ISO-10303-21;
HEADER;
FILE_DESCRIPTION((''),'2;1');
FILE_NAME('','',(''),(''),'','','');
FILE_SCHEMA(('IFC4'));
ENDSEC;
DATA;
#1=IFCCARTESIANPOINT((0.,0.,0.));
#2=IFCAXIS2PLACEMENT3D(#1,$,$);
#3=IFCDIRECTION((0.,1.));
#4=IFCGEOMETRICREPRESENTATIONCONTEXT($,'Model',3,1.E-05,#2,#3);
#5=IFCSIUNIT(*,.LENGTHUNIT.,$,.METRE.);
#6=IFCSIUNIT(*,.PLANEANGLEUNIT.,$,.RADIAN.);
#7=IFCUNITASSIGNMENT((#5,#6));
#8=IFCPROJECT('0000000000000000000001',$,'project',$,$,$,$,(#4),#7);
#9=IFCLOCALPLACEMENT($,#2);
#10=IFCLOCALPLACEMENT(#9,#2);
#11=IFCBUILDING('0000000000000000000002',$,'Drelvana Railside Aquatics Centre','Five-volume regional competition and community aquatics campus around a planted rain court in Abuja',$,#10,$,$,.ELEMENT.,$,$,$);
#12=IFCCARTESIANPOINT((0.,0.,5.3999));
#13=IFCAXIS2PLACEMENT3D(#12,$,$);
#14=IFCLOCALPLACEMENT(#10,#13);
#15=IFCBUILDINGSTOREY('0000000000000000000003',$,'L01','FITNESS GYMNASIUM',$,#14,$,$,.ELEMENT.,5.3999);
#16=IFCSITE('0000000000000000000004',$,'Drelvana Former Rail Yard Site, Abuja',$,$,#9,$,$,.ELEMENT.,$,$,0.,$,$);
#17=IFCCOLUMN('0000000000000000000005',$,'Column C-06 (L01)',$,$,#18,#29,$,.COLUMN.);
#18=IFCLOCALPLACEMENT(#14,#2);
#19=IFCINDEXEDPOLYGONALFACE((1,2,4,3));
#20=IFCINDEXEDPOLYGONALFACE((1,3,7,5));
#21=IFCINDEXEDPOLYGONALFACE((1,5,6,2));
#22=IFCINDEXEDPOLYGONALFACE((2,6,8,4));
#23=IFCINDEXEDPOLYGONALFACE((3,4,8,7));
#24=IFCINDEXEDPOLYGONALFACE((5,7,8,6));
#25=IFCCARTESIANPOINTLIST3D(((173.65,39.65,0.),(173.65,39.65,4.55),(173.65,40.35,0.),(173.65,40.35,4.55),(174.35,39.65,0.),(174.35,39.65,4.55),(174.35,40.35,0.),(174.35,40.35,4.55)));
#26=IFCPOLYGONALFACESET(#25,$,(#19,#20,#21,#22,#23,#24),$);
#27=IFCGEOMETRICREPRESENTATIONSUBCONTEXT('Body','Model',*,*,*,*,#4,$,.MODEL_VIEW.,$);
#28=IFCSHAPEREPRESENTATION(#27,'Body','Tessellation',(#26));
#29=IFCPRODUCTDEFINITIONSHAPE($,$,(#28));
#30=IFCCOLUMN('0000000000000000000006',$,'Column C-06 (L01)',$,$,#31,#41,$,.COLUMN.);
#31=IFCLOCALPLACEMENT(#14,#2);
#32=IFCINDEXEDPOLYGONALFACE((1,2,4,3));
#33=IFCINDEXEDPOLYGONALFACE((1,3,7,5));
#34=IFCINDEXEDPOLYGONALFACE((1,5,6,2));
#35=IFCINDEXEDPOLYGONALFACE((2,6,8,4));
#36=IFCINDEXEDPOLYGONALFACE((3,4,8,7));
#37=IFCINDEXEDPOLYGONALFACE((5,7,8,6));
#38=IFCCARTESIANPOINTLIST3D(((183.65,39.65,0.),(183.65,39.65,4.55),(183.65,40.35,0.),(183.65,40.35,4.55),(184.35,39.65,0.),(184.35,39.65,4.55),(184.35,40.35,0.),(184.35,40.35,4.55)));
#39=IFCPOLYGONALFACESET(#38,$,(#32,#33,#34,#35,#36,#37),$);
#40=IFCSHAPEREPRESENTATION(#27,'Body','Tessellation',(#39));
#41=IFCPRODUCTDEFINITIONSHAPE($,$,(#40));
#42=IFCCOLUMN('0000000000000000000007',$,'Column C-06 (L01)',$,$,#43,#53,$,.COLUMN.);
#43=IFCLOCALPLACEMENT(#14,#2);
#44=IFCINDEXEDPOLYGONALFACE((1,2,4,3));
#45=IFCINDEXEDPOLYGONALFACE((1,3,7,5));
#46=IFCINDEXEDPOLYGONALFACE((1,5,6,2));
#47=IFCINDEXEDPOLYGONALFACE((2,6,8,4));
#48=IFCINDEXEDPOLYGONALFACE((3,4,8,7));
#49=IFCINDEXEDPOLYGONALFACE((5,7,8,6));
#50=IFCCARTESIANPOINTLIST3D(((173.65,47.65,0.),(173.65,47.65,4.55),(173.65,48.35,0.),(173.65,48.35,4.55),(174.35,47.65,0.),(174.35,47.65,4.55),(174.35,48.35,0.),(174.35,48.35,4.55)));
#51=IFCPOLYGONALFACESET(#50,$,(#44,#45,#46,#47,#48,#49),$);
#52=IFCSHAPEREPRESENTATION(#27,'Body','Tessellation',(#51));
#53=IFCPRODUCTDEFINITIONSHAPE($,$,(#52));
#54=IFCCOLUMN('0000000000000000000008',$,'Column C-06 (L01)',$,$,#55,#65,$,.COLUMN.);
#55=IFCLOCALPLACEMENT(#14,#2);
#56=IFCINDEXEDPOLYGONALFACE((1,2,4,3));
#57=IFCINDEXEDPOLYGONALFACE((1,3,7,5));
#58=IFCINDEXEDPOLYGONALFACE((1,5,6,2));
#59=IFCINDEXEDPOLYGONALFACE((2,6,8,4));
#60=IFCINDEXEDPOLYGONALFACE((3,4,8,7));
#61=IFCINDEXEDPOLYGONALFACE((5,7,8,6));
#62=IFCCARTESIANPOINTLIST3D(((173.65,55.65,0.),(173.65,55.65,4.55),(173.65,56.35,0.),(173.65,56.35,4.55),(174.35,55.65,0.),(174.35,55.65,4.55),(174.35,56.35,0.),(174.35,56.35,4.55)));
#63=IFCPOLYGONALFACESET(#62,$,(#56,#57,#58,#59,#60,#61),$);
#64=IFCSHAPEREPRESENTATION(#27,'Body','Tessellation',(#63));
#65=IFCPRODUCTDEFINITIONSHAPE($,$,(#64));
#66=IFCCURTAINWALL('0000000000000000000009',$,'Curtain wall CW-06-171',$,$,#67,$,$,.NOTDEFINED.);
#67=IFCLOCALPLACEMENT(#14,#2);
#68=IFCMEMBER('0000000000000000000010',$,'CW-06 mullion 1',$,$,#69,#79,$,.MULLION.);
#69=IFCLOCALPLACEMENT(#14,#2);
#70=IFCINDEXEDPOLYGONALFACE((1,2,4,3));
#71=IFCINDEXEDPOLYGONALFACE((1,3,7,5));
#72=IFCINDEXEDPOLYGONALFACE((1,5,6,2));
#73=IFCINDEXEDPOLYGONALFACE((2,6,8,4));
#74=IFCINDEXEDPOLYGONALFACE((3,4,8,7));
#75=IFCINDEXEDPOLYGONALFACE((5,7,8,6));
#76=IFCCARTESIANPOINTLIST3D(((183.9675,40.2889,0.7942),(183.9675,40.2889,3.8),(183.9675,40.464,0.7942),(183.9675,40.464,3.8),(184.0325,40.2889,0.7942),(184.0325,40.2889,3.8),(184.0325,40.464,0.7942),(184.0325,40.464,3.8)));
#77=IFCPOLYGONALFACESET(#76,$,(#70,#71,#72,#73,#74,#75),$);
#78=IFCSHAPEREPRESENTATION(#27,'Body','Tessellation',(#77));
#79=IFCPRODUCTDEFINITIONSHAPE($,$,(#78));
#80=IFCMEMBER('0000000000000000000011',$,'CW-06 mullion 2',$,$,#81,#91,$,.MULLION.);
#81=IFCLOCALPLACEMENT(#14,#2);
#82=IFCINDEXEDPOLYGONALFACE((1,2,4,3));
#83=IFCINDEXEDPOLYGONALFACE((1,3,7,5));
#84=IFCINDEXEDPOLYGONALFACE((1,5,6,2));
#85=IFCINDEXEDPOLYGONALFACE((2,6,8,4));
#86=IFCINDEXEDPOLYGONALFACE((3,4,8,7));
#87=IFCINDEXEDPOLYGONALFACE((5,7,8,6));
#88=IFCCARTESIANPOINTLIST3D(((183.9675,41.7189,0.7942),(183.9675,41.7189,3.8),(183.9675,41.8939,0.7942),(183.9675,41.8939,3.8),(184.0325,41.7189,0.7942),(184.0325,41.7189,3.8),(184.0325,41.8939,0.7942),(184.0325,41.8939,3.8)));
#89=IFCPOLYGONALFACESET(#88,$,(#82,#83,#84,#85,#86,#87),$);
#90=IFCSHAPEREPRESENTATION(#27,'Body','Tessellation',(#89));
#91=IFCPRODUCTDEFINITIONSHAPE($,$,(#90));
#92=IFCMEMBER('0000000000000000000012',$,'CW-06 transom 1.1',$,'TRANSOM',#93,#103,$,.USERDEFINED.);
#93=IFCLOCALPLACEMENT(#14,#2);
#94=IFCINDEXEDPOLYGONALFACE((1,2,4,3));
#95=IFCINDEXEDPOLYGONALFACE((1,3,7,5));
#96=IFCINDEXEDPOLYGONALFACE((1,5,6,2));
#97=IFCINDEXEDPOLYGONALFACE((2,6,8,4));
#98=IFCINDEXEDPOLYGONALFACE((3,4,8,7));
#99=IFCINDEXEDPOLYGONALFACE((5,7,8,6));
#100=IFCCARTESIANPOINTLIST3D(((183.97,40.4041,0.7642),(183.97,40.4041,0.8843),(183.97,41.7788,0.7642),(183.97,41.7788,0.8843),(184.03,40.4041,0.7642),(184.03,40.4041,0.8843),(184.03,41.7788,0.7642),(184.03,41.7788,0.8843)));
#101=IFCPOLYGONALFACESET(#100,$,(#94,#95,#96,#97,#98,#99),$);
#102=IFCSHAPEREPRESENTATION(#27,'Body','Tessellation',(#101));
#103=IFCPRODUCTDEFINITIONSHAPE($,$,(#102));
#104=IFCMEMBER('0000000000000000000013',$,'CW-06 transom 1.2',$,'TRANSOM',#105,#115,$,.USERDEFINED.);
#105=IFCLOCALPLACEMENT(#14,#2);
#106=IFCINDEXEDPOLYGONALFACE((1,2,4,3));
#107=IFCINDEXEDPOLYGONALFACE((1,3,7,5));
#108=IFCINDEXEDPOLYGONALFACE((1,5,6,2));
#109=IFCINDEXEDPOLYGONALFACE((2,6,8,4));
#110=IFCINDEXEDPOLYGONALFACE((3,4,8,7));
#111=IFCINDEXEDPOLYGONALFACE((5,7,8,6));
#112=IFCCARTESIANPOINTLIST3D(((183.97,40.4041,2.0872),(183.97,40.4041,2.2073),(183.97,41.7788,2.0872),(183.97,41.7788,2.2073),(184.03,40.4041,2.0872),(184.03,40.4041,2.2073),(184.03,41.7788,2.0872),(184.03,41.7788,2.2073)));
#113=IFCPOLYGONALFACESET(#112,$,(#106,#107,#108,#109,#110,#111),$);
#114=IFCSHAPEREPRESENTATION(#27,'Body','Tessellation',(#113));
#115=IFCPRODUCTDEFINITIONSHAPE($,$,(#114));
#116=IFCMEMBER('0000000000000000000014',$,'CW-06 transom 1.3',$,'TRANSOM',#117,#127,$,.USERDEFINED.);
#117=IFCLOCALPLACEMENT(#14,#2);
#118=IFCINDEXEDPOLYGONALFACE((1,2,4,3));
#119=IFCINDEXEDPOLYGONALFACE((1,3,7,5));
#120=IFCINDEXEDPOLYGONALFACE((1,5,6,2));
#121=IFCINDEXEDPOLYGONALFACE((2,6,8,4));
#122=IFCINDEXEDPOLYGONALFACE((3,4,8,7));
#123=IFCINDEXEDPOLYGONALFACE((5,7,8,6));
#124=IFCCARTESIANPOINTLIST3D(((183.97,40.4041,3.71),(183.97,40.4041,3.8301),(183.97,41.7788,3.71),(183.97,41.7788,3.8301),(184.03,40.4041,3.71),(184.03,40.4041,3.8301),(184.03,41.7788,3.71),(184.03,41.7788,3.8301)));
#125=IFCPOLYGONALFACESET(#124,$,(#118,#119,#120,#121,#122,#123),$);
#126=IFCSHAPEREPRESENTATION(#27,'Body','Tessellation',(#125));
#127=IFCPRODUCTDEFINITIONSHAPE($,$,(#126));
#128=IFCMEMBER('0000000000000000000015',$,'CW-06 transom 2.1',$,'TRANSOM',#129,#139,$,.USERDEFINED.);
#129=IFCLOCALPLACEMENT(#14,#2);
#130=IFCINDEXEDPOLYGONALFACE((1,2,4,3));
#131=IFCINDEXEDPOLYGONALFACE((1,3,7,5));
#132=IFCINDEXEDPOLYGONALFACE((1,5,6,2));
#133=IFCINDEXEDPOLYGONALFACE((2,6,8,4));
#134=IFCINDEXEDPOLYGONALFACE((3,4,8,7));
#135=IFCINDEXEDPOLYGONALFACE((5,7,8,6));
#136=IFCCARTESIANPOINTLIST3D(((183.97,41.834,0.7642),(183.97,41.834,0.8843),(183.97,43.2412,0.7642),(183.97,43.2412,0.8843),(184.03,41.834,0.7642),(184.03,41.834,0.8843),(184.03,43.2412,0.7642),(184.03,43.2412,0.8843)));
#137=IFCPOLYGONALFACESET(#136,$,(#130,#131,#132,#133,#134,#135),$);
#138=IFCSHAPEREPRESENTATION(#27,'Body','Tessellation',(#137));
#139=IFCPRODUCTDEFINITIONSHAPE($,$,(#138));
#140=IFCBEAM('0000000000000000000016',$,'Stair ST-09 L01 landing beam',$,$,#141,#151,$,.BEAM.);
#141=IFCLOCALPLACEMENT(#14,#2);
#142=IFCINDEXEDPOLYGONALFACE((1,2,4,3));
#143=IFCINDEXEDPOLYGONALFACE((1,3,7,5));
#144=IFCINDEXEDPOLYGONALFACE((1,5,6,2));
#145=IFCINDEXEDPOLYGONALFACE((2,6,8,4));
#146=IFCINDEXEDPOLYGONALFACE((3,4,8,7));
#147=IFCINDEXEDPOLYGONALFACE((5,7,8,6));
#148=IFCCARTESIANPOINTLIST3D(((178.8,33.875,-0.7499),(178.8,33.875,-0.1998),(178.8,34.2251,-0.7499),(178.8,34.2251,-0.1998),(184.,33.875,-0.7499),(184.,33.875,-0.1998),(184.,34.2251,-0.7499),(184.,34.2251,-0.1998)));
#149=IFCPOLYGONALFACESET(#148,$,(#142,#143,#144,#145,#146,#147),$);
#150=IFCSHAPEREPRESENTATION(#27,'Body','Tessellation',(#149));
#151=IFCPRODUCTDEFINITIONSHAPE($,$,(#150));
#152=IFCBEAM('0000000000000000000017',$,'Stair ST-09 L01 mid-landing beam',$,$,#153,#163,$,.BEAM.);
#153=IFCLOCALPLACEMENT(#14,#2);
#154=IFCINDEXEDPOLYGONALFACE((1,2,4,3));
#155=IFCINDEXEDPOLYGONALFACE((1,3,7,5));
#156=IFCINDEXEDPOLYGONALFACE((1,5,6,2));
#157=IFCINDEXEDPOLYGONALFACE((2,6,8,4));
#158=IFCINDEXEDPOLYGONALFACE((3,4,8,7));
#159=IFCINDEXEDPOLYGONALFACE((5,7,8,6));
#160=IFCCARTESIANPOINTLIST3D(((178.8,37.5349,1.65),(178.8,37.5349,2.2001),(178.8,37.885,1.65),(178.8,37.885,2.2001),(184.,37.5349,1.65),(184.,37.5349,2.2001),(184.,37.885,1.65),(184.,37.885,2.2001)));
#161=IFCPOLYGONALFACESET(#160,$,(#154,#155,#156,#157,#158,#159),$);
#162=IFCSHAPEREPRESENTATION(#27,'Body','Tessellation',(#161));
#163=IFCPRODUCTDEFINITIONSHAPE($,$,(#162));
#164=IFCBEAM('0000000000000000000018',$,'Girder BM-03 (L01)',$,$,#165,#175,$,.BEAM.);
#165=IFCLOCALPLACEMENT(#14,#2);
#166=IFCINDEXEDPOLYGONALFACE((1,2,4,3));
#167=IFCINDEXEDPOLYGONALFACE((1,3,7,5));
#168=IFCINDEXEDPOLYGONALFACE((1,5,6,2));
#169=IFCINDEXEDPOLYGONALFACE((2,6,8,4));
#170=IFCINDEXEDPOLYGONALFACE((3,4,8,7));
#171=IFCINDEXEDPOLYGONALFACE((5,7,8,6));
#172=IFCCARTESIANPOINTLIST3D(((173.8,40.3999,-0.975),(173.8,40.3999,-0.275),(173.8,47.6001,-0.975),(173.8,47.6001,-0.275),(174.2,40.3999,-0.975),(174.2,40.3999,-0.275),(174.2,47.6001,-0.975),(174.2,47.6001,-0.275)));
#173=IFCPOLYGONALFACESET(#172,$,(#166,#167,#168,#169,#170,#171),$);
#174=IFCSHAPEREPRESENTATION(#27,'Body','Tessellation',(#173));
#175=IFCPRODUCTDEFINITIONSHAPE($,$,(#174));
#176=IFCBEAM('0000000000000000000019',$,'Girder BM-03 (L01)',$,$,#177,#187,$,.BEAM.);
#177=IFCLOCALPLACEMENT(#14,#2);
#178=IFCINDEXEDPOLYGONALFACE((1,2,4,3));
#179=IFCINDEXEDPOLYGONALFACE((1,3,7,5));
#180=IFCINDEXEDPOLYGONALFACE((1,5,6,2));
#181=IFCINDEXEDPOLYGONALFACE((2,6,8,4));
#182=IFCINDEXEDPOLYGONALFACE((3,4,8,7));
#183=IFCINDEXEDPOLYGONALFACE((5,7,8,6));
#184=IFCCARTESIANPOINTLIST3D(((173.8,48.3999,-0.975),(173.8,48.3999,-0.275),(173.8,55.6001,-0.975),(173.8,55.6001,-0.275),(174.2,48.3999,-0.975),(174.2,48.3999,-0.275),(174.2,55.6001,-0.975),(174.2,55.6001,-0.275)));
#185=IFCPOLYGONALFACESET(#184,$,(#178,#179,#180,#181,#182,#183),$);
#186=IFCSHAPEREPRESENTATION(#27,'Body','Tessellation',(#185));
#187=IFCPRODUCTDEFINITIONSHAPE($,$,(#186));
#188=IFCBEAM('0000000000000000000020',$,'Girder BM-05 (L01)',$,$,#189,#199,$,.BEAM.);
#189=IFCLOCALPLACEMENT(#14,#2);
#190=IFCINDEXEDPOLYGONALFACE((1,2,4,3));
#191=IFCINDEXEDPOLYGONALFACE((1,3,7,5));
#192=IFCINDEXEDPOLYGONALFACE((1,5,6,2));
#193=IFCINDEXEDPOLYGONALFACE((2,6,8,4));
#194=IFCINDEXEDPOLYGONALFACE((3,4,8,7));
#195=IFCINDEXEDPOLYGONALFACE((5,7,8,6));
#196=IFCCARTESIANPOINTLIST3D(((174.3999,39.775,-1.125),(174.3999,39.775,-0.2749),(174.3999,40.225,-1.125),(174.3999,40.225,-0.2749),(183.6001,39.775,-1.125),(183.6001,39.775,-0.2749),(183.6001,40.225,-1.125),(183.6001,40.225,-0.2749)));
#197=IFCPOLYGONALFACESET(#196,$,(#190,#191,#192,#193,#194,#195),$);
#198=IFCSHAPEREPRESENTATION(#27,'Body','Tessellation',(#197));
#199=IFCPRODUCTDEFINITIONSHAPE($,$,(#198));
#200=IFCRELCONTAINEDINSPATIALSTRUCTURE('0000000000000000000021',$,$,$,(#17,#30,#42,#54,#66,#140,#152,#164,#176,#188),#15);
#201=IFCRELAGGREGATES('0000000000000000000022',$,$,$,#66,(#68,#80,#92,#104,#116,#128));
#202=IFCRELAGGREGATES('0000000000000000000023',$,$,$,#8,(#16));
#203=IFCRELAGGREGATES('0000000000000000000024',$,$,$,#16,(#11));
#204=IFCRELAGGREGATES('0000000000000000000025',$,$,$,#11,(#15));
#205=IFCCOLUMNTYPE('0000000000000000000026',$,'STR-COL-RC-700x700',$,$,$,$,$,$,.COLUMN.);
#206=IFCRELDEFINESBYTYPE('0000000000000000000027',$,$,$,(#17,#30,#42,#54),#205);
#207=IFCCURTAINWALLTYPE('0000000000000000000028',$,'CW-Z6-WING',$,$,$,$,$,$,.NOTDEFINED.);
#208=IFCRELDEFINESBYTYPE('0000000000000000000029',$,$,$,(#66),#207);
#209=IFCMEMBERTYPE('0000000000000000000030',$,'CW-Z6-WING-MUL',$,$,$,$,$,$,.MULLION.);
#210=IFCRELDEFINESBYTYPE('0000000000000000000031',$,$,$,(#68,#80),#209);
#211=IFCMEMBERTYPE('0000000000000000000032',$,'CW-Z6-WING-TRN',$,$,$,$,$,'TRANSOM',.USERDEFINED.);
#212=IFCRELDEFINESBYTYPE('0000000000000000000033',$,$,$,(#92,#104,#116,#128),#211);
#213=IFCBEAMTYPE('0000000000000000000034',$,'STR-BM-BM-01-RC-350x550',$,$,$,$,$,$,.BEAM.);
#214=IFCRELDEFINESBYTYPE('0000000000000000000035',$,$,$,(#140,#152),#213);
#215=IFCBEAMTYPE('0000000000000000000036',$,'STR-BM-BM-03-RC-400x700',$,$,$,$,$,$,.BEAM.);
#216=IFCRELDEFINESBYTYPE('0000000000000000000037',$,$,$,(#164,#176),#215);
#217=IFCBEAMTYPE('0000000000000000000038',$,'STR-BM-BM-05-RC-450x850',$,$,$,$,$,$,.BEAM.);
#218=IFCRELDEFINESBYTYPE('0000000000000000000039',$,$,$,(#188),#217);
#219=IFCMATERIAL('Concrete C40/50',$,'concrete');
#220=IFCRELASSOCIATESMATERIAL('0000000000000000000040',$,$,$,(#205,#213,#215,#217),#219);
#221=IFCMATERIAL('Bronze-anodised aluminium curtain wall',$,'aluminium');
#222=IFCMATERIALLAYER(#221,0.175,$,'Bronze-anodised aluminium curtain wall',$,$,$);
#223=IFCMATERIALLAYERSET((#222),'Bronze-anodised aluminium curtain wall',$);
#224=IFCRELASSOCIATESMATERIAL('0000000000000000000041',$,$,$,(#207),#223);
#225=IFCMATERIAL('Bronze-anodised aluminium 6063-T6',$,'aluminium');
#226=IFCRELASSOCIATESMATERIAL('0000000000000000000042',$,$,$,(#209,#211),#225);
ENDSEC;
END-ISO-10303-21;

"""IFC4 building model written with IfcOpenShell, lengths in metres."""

from ifc_helpers import new_model, si_unit, direction, frame, origin, origin_2d, place, context, subcontext, project, spatial, rectangle, extrude, material, layer, layer_set, material_profile, profile_set, type_object, element, aggregate, save


model = new_model("IFC4")

# Units and contexts
model_context = context("Model", 3, precision=1e-05, world=origin(), true_north=direction((0.0, 1.0)))
body_context = subcontext(model_context, "Body", "Model", "MODEL_VIEW")
ifc_project = project(units=[si_unit("LENGTHUNIT", "METRE"), si_unit("PLANEANGLEUNIT", "RADIAN")], contexts=[model_context])

# Site, building, storey
site_placement = place(None, origin())
site = spatial("IfcSite", under=ifc_project, at=site_placement, Name="Drelvana Former Rail Yard Site, Abuja", CompositionType="ELEMENT", RefElevation=0.0)
building_placement = place(site_placement, origin())
building = spatial("IfcBuilding", under=site, at=building_placement, Name="Drelvana Railside Aquatics Centre", Description="Five-volume regional competition and community aquatics campus around a planted rain court in Abuja", CompositionType="ELEMENT")
storey_placement = place(building_placement, frame((0.0, 0.0, 5.3999)))
storey = spatial("IfcBuildingStorey", under=building, at=storey_placement, Name="L01", Description="FITNESS GYMNASIUM", CompositionType="ELEMENT", Elevation=5.3999)

# Columns
ifc_material_1 = material(Name="Concrete C40/50", Category="concrete")
ifc_material_profile_1 = material_profile(ifc_material_1, rectangle(XDim=0.7, YDim=0.7, at=origin_2d()), Name="RC 700x700")
ifc_profile_set_1 = profile_set([ifc_material_profile_1], Name="Concrete C40/50")
column_type = type_object("IfcColumnType", Name="STR-COL-RC-700x700", PredefinedType="COLUMN", material=ifc_profile_set_1)
for number, where, z_axis, x_axis, name in (
    (1, (174.0, 40.0, 0.0), (0.0, 0.0, 1.0), (1.0, 0.0, 0.0), "Column C-06 (L01)"),
    (2, (184.0, 40.0, 0.0), (0.0, 0.0, 1.0), (1.0, 0.0, 0.0), "Column C-06 (L01)"),
    (3, (174.0, 48.0, 0.0), (0.0, 0.0, 1.0), (1.0, 0.0, 0.0), "Column C-06 (L01)"),
    (4, (174.0, 56.0, 0.0), (0.0, 0.0, 1.0), (1.0, 0.0, 0.0), "Column C-06 (L01)"),
):
    element("IfcColumn", number, at=place(storey_placement, frame(where, z_axis=z_axis, x_axis=x_axis)), inside=storey, type_object=column_type, Name=name, PredefinedType="COLUMN", context=body_context, shape_type="SweptSolid", body=[
        extrude(rectangle(XDim=0.7, YDim=0.7, at=origin_2d()), origin(), (0.0, 0.0, 1.0), 4.55),
    ])

# Curtain wall, members
ifc_material_2 = material(Name="Bronze-anodised aluminium curtain wall", Category="aluminium")
ifc_layer_1 = layer(ifc_material_2, 0.175, Name="Bronze-anodised aluminium curtain wall")
ifc_layer_set_1 = layer_set([ifc_layer_1], Name="Bronze-anodised aluminium curtain wall")
curtain_wall_type = type_object("IfcCurtainWallType", Name="CW-Z6-WING", PredefinedType="NOTDEFINED", material=ifc_layer_set_1)
curtain_wall_placement = place(storey_placement, origin())
curtain_wall = element("IfcCurtainWall", 5, at=curtain_wall_placement, inside=storey, type_object=curtain_wall_type, Name="Curtain wall CW-06-171", PredefinedType="NOTDEFINED")
ifc_material_3 = material(Name="Bronze-anodised aluminium 6063-T6", Category="aluminium")
ifc_material_profile_2 = material_profile(ifc_material_3, rectangle(XDim=0.0649, YDim=0.175, at=origin_2d()), Name="ALU-M 65x175")
ifc_profile_set_2 = profile_set([ifc_material_profile_2], Name="Bronze-anodised aluminium 6063-T6")
member_type_1 = type_object("IfcMemberType", Name="CW-Z6-WING-MUL", PredefinedType="MULLION", material=ifc_profile_set_2)
member_1_placement = place(storey_placement, frame((184.0, 40.3765, 0.7942), z_axis=(0.0, 0.0, 1.0), x_axis=(-1.0, 0.0, 0.0)))
member_1 = element("IfcMember", 6, at=member_1_placement, type_object=member_type_1, Name="CW-06 mullion 1", PredefinedType="MULLION", context=body_context, shape_type="SweptSolid", body=[
    extrude(rectangle(XDim=0.0649, YDim=0.175, at=origin_2d()), origin(), (0.0, 0.0, 1.0), 3.0059),
])
member_2_placement = place(storey_placement, frame((184.0, 41.8064, 0.7942), z_axis=(0.0, 0.0, 1.0), x_axis=(-1.0, 0.0, 0.0)))
member_2 = element("IfcMember", 7, at=member_2_placement, type_object=member_type_1, Name="CW-06 mullion 2", PredefinedType="MULLION", context=body_context, shape_type="SweptSolid", body=[
    extrude(rectangle(XDim=0.0649, YDim=0.175, at=origin_2d()), origin(), (0.0, 0.0, 1.0), 3.0059),
])
ifc_material_profile_3 = material_profile(ifc_material_3, rectangle(XDim=0.1201, YDim=0.0601, at=origin_2d()), Name="ALU-T 60x120")
ifc_profile_set_3 = profile_set([ifc_material_profile_3], Name="Bronze-anodised aluminium 6063-T6")
member_type_2 = type_object("IfcMemberType", Name="CW-Z6-WING-TRN", ElementType="TRANSOM", PredefinedType="USERDEFINED", material=ifc_profile_set_3)
member_3_placement = place(storey_placement, frame((184.0, 40.4041, 0.8242), z_axis=(0.0, 1.0, 0.0), x_axis=(0.0, 0.0, 1.0)))
member_3 = element("IfcMember", 8, at=member_3_placement, type_object=member_type_2, Name="CW-06 transom 1.1", ObjectType="TRANSOM", PredefinedType="USERDEFINED", context=body_context, shape_type="SweptSolid", body=[
    extrude(rectangle(XDim=0.1201, YDim=0.0601, at=origin_2d()), origin(), (0.0, 0.0, 1.0), 1.3748),
])
member_4_placement = place(storey_placement, frame((184.0, 40.4041, 2.1472), z_axis=(0.0, 1.0, 0.0), x_axis=(0.0, 0.0, 1.0)))
member_4 = element("IfcMember", 9, at=member_4_placement, type_object=member_type_2, Name="CW-06 transom 1.2", ObjectType="TRANSOM", PredefinedType="USERDEFINED", context=body_context, shape_type="SweptSolid", body=[
    extrude(rectangle(XDim=0.1201, YDim=0.0601, at=origin_2d()), origin(), (0.0, 0.0, 1.0), 1.3748),
])
member_5_placement = place(storey_placement, frame((184.0, 40.4041, 3.77), z_axis=(0.0, 1.0, 0.0), x_axis=(0.0, 0.0, 1.0)))
member_5 = element("IfcMember", 10, at=member_5_placement, type_object=member_type_2, Name="CW-06 transom 1.3", ObjectType="TRANSOM", PredefinedType="USERDEFINED", context=body_context, shape_type="SweptSolid", body=[
    extrude(rectangle(XDim=0.1201, YDim=0.0601, at=origin_2d()), origin(), (0.0, 0.0, 1.0), 1.3748),
])
member_6_placement = place(storey_placement, frame((184.0, 41.834, 0.8242), z_axis=(0.0, 1.0, 0.0), x_axis=(0.0, 0.0, 1.0)))
member_6 = element("IfcMember", 11, at=member_6_placement, type_object=member_type_2, Name="CW-06 transom 2.1", ObjectType="TRANSOM", PredefinedType="USERDEFINED", context=body_context, shape_type="SweptSolid", body=[
    extrude(rectangle(XDim=0.1201, YDim=0.0601, at=origin_2d()), origin(), (0.0, 0.0, 1.0), 1.4072),
])

# Beams
ifc_material_profile_4 = material_profile(ifc_material_1, rectangle(XDim=0.3501, YDim=0.55, at=origin_2d()), Name="RC 350x550")
ifc_profile_set_4 = profile_set([ifc_material_profile_4], Name="Concrete C40/50")
beam_type_1 = type_object("IfcBeamType", Name="STR-BM-BM-01-RC-350x550", PredefinedType="BEAM", material=ifc_profile_set_4)
for number, where, z_axis, x_axis, name in (
    (12, (178.8, 34.05, -0.4749), (1.0, 0.0, 0.0), (0.0, 1.0, 0.0), "Stair ST-09 L01 landing beam"),
    (13, (178.8, 37.71, 1.925), (1.0, 0.0, 0.0), (0.0, 1.0, 0.0), "Stair ST-09 L01 mid-landing beam"),
):
    element("IfcBeam", number, at=place(storey_placement, frame(where, z_axis=z_axis, x_axis=x_axis)), inside=storey, type_object=beam_type_1, Name=name, PredefinedType="BEAM", context=body_context, shape_type="SweptSolid", body=[
        extrude(rectangle(XDim=0.3501, YDim=0.55, at=origin_2d()), origin(), (0.0, 0.0, 1.0), 5.2),
    ])
ifc_material_profile_5 = material_profile(ifc_material_1, rectangle(XDim=0.3999, YDim=0.7, at=origin_2d()), Name="RC 400x700")
ifc_profile_set_5 = profile_set([ifc_material_profile_5], Name="Concrete C40/50")
beam_type_2 = type_object("IfcBeamType", Name="STR-BM-BM-03-RC-400x700", PredefinedType="BEAM", material=ifc_profile_set_5)
for number, where, z_axis, x_axis, name in (
    (14, (174.0, 40.3999, -0.625), (0.0, 1.0, 0.0), (-1.0, 0.0, 0.0), "Girder BM-03 (L01)"),
    (15, (174.0, 48.3999, -0.625), (0.0, 1.0, 0.0), (-1.0, 0.0, 0.0), "Girder BM-03 (L01)"),
):
    element("IfcBeam", number, at=place(storey_placement, frame(where, z_axis=z_axis, x_axis=x_axis)), inside=storey, type_object=beam_type_2, Name=name, PredefinedType="BEAM", context=body_context, shape_type="SweptSolid", body=[
        extrude(rectangle(XDim=0.3999, YDim=0.7, at=origin_2d()), origin(), (0.0, 0.0, 1.0), 7.2002),
    ])
ifc_material_profile_6 = material_profile(ifc_material_1, rectangle(XDim=0.45, YDim=0.8501, at=origin_2d()), Name="RC 450x850")
ifc_profile_set_6 = profile_set([ifc_material_profile_6], Name="Concrete C40/50")
beam_type_3 = type_object("IfcBeamType", Name="STR-BM-BM-05-RC-450x850", PredefinedType="BEAM", material=ifc_profile_set_6)
for number, where, z_axis, x_axis, name in (
    (16, (174.3999, 40.0, -0.7), (1.0, 0.0, 0.0), (0.0, 1.0, 0.0), "Girder BM-05 (L01)"),
):
    element("IfcBeam", number, at=place(storey_placement, frame(where, z_axis=z_axis, x_axis=x_axis)), inside=storey, type_object=beam_type_3, Name=name, PredefinedType="BEAM", context=body_context, shape_type="SweptSolid", body=[
        extrude(rectangle(XDim=0.45, YDim=0.8501, at=origin_2d()), origin(), (0.0, 0.0, 1.0), 9.2002),
    ])

aggregate(curtain_wall, [member_1, member_2, member_3, member_4, member_5, member_6])

save(model, "model.ifc")
